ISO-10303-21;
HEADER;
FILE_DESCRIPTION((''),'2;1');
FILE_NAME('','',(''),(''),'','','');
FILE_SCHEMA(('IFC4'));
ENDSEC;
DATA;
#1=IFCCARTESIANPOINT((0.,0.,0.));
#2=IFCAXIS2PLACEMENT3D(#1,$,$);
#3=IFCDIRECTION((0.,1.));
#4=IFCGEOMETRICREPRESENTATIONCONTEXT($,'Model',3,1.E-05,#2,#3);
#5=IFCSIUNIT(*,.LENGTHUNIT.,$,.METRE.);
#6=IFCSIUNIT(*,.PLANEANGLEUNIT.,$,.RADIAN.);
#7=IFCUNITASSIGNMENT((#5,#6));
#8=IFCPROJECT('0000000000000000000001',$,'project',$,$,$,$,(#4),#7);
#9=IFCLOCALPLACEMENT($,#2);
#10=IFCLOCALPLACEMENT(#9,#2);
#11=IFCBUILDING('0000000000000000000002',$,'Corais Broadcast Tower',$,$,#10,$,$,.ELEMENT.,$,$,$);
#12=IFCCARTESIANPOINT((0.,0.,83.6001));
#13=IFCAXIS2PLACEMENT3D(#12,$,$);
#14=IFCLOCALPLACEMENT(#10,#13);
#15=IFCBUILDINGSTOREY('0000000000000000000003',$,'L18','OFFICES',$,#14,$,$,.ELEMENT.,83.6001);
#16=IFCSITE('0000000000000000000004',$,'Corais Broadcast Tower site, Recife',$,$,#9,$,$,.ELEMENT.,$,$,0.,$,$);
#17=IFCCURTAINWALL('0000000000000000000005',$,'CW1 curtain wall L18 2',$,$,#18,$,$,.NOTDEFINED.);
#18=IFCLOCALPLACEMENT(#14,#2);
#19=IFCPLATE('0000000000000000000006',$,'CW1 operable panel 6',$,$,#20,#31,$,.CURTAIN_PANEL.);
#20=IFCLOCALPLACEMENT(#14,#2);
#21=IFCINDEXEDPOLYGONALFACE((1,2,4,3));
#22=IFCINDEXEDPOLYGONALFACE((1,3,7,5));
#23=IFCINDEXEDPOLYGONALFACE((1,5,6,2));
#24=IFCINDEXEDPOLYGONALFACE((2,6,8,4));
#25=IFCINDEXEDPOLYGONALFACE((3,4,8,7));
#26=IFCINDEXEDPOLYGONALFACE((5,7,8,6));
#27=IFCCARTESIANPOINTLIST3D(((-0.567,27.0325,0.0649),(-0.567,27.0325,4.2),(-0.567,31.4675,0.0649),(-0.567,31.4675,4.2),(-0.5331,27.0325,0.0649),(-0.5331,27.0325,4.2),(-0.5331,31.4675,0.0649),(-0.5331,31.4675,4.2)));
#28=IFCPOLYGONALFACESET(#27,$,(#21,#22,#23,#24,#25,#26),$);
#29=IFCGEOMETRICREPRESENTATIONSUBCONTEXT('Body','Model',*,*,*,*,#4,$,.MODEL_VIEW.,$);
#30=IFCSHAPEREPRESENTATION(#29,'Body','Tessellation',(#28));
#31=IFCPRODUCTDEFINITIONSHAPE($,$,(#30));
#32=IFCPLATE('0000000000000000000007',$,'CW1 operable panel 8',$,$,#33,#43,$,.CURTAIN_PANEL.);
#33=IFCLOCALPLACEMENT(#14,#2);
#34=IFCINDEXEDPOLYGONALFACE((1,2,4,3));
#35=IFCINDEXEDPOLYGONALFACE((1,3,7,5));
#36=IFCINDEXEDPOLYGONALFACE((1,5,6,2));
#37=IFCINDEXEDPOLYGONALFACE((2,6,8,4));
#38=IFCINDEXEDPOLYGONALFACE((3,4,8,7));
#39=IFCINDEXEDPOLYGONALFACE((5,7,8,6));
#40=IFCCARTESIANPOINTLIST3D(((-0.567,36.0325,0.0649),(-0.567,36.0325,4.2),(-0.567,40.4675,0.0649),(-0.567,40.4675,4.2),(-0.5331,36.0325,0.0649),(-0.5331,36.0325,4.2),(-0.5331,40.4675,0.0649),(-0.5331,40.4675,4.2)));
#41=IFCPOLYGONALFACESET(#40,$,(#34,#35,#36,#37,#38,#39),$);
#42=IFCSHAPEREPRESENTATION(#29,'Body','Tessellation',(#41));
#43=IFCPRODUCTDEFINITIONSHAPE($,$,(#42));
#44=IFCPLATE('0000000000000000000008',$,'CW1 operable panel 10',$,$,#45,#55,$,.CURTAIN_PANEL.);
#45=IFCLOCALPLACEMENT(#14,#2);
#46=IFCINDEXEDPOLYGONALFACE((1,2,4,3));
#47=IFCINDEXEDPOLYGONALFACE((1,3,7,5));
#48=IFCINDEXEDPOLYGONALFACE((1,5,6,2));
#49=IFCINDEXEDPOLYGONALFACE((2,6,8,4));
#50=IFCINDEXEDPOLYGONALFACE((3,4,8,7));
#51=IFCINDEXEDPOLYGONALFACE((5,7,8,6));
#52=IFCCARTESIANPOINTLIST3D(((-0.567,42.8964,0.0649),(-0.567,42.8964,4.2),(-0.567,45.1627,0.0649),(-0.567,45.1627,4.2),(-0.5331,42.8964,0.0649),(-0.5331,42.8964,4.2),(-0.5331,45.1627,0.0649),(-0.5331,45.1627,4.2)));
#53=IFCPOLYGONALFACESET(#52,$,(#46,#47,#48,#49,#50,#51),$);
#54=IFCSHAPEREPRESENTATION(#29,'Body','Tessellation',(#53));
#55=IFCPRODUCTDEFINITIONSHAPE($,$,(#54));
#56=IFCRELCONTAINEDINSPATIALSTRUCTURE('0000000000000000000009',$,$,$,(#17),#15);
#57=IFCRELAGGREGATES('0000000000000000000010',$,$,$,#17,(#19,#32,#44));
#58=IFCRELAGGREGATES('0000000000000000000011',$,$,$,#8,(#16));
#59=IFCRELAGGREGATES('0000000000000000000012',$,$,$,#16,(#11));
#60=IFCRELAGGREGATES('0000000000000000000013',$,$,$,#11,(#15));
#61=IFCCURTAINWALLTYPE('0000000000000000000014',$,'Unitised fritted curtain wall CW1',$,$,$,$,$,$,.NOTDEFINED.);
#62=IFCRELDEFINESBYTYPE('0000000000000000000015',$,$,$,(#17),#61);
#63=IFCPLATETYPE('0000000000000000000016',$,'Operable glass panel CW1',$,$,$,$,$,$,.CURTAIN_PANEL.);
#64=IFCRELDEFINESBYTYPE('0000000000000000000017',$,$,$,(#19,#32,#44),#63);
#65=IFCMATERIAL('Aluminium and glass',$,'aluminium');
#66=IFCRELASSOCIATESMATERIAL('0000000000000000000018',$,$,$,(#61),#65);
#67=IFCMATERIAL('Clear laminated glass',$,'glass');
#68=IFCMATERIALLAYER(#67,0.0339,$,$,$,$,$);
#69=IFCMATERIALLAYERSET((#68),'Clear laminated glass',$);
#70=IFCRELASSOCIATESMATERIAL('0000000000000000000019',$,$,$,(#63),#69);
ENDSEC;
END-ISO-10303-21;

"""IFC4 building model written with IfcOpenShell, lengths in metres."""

from ifc_helpers import new_model, si_unit, direction, frame, origin, origin_2d, place, context, subcontext, project, spatial, rectangle, extrude, material, layer, layer_set, type_object, element, aggregate, save


model = new_model("IFC4")

# Units and contexts
model_context = context("Model", 3, precision=1e-05, world=origin(), true_north=direction((0.0, 1.0)))
body_context = subcontext(model_context, "Body", "Model", "MODEL_VIEW")
ifc_project = project(units=[si_unit("LENGTHUNIT", "METRE"), si_unit("PLANEANGLEUNIT", "RADIAN")], contexts=[model_context])

# Site, building, storey
site_placement = place(None, origin())
site = spatial("IfcSite", under=ifc_project, at=site_placement, Name="Corais Broadcast Tower site, Recife", CompositionType="ELEMENT", RefElevation=0.0)
building_placement = place(site_placement, origin())
building = spatial("IfcBuilding", under=site, at=building_placement, Name="Corais Broadcast Tower", CompositionType="ELEMENT")
storey_placement = place(building_placement, frame((0.0, 0.0, 83.6001)))
storey = spatial("IfcBuildingStorey", under=building, at=storey_placement, Name="L18", Description="OFFICES", CompositionType="ELEMENT", Elevation=83.6001)

# Curtain wall
ifc_material_1 = material(Name="Aluminium and glass", Category="aluminium")
curtain_wall_type = type_object("IfcCurtainWallType", Name="Unitised fritted curtain wall CW1", PredefinedType="NOTDEFINED", material=ifc_material_1)
curtain_wall_placement = place(storey_placement, origin())
curtain_wall = element("IfcCurtainWall", 1, at=curtain_wall_placement, inside=storey, type_object=curtain_wall_type, Name="CW1 curtain wall L18 2", PredefinedType="NOTDEFINED")

# Plates
ifc_material_2 = material(Name="Clear laminated glass", Category="glass")
ifc_layer_1 = layer(ifc_material_2, 0.0339)
ifc_layer_set_1 = layer_set([ifc_layer_1], Name="Clear laminated glass")
plate_type_1 = type_object("IfcPlateType", Name="Operable glass panel CW1", PredefinedType="CURTAIN_PANEL", material=ifc_layer_set_1)
plate_1_placement = place(storey_placement, frame((-0.55, 29.25, 0.0649), z_axis=(0.0, 0.0, 1.0), x_axis=(0.0, 1.0, 0.0)))
plate_1 = element("IfcPlate", 2, at=plate_1_placement, type_object=plate_type_1, Name="CW1 operable panel 6", PredefinedType="CURTAIN_PANEL", context=body_context, shape_type="SweptSolid", body=[
    extrude(rectangle(XDim=4.4351, YDim=0.0339, at=origin_2d()), origin(), (0.0, 0.0, 1.0), 4.135),
])
plate_2_placement = place(storey_placement, frame((-0.55, 38.25, 0.0649), z_axis=(0.0, 0.0, 1.0), x_axis=(0.0, 1.0, 0.0)))
plate_2 = element("IfcPlate", 3, at=plate_2_placement, type_object=plate_type_1, Name="CW1 operable panel 8", PredefinedType="CURTAIN_PANEL", context=body_context, shape_type="SweptSolid", body=[
    extrude(rectangle(XDim=4.4351, YDim=0.0339, at=origin_2d()), origin(), (0.0, 0.0, 1.0), 4.135),
])
plate_3_placement = place(storey_placement, frame((-0.55, 44.0295, 0.0649), z_axis=(0.0, 0.0, 1.0), x_axis=(0.0, 1.0, 0.0)))
plate_3 = element("IfcPlate", 4, at=plate_3_placement, type_object=plate_type_1, Name="CW1 operable panel 10", PredefinedType="CURTAIN_PANEL", context=body_context, shape_type="SweptSolid", body=[
    extrude(rectangle(XDim=2.2664, YDim=0.0339, at=origin_2d()), origin(), (0.0, 0.0, 1.0), 4.135),
])
aggregate(curtain_wall, [plate_1, plate_2, plate_3])

save(model, "model.ifc")
